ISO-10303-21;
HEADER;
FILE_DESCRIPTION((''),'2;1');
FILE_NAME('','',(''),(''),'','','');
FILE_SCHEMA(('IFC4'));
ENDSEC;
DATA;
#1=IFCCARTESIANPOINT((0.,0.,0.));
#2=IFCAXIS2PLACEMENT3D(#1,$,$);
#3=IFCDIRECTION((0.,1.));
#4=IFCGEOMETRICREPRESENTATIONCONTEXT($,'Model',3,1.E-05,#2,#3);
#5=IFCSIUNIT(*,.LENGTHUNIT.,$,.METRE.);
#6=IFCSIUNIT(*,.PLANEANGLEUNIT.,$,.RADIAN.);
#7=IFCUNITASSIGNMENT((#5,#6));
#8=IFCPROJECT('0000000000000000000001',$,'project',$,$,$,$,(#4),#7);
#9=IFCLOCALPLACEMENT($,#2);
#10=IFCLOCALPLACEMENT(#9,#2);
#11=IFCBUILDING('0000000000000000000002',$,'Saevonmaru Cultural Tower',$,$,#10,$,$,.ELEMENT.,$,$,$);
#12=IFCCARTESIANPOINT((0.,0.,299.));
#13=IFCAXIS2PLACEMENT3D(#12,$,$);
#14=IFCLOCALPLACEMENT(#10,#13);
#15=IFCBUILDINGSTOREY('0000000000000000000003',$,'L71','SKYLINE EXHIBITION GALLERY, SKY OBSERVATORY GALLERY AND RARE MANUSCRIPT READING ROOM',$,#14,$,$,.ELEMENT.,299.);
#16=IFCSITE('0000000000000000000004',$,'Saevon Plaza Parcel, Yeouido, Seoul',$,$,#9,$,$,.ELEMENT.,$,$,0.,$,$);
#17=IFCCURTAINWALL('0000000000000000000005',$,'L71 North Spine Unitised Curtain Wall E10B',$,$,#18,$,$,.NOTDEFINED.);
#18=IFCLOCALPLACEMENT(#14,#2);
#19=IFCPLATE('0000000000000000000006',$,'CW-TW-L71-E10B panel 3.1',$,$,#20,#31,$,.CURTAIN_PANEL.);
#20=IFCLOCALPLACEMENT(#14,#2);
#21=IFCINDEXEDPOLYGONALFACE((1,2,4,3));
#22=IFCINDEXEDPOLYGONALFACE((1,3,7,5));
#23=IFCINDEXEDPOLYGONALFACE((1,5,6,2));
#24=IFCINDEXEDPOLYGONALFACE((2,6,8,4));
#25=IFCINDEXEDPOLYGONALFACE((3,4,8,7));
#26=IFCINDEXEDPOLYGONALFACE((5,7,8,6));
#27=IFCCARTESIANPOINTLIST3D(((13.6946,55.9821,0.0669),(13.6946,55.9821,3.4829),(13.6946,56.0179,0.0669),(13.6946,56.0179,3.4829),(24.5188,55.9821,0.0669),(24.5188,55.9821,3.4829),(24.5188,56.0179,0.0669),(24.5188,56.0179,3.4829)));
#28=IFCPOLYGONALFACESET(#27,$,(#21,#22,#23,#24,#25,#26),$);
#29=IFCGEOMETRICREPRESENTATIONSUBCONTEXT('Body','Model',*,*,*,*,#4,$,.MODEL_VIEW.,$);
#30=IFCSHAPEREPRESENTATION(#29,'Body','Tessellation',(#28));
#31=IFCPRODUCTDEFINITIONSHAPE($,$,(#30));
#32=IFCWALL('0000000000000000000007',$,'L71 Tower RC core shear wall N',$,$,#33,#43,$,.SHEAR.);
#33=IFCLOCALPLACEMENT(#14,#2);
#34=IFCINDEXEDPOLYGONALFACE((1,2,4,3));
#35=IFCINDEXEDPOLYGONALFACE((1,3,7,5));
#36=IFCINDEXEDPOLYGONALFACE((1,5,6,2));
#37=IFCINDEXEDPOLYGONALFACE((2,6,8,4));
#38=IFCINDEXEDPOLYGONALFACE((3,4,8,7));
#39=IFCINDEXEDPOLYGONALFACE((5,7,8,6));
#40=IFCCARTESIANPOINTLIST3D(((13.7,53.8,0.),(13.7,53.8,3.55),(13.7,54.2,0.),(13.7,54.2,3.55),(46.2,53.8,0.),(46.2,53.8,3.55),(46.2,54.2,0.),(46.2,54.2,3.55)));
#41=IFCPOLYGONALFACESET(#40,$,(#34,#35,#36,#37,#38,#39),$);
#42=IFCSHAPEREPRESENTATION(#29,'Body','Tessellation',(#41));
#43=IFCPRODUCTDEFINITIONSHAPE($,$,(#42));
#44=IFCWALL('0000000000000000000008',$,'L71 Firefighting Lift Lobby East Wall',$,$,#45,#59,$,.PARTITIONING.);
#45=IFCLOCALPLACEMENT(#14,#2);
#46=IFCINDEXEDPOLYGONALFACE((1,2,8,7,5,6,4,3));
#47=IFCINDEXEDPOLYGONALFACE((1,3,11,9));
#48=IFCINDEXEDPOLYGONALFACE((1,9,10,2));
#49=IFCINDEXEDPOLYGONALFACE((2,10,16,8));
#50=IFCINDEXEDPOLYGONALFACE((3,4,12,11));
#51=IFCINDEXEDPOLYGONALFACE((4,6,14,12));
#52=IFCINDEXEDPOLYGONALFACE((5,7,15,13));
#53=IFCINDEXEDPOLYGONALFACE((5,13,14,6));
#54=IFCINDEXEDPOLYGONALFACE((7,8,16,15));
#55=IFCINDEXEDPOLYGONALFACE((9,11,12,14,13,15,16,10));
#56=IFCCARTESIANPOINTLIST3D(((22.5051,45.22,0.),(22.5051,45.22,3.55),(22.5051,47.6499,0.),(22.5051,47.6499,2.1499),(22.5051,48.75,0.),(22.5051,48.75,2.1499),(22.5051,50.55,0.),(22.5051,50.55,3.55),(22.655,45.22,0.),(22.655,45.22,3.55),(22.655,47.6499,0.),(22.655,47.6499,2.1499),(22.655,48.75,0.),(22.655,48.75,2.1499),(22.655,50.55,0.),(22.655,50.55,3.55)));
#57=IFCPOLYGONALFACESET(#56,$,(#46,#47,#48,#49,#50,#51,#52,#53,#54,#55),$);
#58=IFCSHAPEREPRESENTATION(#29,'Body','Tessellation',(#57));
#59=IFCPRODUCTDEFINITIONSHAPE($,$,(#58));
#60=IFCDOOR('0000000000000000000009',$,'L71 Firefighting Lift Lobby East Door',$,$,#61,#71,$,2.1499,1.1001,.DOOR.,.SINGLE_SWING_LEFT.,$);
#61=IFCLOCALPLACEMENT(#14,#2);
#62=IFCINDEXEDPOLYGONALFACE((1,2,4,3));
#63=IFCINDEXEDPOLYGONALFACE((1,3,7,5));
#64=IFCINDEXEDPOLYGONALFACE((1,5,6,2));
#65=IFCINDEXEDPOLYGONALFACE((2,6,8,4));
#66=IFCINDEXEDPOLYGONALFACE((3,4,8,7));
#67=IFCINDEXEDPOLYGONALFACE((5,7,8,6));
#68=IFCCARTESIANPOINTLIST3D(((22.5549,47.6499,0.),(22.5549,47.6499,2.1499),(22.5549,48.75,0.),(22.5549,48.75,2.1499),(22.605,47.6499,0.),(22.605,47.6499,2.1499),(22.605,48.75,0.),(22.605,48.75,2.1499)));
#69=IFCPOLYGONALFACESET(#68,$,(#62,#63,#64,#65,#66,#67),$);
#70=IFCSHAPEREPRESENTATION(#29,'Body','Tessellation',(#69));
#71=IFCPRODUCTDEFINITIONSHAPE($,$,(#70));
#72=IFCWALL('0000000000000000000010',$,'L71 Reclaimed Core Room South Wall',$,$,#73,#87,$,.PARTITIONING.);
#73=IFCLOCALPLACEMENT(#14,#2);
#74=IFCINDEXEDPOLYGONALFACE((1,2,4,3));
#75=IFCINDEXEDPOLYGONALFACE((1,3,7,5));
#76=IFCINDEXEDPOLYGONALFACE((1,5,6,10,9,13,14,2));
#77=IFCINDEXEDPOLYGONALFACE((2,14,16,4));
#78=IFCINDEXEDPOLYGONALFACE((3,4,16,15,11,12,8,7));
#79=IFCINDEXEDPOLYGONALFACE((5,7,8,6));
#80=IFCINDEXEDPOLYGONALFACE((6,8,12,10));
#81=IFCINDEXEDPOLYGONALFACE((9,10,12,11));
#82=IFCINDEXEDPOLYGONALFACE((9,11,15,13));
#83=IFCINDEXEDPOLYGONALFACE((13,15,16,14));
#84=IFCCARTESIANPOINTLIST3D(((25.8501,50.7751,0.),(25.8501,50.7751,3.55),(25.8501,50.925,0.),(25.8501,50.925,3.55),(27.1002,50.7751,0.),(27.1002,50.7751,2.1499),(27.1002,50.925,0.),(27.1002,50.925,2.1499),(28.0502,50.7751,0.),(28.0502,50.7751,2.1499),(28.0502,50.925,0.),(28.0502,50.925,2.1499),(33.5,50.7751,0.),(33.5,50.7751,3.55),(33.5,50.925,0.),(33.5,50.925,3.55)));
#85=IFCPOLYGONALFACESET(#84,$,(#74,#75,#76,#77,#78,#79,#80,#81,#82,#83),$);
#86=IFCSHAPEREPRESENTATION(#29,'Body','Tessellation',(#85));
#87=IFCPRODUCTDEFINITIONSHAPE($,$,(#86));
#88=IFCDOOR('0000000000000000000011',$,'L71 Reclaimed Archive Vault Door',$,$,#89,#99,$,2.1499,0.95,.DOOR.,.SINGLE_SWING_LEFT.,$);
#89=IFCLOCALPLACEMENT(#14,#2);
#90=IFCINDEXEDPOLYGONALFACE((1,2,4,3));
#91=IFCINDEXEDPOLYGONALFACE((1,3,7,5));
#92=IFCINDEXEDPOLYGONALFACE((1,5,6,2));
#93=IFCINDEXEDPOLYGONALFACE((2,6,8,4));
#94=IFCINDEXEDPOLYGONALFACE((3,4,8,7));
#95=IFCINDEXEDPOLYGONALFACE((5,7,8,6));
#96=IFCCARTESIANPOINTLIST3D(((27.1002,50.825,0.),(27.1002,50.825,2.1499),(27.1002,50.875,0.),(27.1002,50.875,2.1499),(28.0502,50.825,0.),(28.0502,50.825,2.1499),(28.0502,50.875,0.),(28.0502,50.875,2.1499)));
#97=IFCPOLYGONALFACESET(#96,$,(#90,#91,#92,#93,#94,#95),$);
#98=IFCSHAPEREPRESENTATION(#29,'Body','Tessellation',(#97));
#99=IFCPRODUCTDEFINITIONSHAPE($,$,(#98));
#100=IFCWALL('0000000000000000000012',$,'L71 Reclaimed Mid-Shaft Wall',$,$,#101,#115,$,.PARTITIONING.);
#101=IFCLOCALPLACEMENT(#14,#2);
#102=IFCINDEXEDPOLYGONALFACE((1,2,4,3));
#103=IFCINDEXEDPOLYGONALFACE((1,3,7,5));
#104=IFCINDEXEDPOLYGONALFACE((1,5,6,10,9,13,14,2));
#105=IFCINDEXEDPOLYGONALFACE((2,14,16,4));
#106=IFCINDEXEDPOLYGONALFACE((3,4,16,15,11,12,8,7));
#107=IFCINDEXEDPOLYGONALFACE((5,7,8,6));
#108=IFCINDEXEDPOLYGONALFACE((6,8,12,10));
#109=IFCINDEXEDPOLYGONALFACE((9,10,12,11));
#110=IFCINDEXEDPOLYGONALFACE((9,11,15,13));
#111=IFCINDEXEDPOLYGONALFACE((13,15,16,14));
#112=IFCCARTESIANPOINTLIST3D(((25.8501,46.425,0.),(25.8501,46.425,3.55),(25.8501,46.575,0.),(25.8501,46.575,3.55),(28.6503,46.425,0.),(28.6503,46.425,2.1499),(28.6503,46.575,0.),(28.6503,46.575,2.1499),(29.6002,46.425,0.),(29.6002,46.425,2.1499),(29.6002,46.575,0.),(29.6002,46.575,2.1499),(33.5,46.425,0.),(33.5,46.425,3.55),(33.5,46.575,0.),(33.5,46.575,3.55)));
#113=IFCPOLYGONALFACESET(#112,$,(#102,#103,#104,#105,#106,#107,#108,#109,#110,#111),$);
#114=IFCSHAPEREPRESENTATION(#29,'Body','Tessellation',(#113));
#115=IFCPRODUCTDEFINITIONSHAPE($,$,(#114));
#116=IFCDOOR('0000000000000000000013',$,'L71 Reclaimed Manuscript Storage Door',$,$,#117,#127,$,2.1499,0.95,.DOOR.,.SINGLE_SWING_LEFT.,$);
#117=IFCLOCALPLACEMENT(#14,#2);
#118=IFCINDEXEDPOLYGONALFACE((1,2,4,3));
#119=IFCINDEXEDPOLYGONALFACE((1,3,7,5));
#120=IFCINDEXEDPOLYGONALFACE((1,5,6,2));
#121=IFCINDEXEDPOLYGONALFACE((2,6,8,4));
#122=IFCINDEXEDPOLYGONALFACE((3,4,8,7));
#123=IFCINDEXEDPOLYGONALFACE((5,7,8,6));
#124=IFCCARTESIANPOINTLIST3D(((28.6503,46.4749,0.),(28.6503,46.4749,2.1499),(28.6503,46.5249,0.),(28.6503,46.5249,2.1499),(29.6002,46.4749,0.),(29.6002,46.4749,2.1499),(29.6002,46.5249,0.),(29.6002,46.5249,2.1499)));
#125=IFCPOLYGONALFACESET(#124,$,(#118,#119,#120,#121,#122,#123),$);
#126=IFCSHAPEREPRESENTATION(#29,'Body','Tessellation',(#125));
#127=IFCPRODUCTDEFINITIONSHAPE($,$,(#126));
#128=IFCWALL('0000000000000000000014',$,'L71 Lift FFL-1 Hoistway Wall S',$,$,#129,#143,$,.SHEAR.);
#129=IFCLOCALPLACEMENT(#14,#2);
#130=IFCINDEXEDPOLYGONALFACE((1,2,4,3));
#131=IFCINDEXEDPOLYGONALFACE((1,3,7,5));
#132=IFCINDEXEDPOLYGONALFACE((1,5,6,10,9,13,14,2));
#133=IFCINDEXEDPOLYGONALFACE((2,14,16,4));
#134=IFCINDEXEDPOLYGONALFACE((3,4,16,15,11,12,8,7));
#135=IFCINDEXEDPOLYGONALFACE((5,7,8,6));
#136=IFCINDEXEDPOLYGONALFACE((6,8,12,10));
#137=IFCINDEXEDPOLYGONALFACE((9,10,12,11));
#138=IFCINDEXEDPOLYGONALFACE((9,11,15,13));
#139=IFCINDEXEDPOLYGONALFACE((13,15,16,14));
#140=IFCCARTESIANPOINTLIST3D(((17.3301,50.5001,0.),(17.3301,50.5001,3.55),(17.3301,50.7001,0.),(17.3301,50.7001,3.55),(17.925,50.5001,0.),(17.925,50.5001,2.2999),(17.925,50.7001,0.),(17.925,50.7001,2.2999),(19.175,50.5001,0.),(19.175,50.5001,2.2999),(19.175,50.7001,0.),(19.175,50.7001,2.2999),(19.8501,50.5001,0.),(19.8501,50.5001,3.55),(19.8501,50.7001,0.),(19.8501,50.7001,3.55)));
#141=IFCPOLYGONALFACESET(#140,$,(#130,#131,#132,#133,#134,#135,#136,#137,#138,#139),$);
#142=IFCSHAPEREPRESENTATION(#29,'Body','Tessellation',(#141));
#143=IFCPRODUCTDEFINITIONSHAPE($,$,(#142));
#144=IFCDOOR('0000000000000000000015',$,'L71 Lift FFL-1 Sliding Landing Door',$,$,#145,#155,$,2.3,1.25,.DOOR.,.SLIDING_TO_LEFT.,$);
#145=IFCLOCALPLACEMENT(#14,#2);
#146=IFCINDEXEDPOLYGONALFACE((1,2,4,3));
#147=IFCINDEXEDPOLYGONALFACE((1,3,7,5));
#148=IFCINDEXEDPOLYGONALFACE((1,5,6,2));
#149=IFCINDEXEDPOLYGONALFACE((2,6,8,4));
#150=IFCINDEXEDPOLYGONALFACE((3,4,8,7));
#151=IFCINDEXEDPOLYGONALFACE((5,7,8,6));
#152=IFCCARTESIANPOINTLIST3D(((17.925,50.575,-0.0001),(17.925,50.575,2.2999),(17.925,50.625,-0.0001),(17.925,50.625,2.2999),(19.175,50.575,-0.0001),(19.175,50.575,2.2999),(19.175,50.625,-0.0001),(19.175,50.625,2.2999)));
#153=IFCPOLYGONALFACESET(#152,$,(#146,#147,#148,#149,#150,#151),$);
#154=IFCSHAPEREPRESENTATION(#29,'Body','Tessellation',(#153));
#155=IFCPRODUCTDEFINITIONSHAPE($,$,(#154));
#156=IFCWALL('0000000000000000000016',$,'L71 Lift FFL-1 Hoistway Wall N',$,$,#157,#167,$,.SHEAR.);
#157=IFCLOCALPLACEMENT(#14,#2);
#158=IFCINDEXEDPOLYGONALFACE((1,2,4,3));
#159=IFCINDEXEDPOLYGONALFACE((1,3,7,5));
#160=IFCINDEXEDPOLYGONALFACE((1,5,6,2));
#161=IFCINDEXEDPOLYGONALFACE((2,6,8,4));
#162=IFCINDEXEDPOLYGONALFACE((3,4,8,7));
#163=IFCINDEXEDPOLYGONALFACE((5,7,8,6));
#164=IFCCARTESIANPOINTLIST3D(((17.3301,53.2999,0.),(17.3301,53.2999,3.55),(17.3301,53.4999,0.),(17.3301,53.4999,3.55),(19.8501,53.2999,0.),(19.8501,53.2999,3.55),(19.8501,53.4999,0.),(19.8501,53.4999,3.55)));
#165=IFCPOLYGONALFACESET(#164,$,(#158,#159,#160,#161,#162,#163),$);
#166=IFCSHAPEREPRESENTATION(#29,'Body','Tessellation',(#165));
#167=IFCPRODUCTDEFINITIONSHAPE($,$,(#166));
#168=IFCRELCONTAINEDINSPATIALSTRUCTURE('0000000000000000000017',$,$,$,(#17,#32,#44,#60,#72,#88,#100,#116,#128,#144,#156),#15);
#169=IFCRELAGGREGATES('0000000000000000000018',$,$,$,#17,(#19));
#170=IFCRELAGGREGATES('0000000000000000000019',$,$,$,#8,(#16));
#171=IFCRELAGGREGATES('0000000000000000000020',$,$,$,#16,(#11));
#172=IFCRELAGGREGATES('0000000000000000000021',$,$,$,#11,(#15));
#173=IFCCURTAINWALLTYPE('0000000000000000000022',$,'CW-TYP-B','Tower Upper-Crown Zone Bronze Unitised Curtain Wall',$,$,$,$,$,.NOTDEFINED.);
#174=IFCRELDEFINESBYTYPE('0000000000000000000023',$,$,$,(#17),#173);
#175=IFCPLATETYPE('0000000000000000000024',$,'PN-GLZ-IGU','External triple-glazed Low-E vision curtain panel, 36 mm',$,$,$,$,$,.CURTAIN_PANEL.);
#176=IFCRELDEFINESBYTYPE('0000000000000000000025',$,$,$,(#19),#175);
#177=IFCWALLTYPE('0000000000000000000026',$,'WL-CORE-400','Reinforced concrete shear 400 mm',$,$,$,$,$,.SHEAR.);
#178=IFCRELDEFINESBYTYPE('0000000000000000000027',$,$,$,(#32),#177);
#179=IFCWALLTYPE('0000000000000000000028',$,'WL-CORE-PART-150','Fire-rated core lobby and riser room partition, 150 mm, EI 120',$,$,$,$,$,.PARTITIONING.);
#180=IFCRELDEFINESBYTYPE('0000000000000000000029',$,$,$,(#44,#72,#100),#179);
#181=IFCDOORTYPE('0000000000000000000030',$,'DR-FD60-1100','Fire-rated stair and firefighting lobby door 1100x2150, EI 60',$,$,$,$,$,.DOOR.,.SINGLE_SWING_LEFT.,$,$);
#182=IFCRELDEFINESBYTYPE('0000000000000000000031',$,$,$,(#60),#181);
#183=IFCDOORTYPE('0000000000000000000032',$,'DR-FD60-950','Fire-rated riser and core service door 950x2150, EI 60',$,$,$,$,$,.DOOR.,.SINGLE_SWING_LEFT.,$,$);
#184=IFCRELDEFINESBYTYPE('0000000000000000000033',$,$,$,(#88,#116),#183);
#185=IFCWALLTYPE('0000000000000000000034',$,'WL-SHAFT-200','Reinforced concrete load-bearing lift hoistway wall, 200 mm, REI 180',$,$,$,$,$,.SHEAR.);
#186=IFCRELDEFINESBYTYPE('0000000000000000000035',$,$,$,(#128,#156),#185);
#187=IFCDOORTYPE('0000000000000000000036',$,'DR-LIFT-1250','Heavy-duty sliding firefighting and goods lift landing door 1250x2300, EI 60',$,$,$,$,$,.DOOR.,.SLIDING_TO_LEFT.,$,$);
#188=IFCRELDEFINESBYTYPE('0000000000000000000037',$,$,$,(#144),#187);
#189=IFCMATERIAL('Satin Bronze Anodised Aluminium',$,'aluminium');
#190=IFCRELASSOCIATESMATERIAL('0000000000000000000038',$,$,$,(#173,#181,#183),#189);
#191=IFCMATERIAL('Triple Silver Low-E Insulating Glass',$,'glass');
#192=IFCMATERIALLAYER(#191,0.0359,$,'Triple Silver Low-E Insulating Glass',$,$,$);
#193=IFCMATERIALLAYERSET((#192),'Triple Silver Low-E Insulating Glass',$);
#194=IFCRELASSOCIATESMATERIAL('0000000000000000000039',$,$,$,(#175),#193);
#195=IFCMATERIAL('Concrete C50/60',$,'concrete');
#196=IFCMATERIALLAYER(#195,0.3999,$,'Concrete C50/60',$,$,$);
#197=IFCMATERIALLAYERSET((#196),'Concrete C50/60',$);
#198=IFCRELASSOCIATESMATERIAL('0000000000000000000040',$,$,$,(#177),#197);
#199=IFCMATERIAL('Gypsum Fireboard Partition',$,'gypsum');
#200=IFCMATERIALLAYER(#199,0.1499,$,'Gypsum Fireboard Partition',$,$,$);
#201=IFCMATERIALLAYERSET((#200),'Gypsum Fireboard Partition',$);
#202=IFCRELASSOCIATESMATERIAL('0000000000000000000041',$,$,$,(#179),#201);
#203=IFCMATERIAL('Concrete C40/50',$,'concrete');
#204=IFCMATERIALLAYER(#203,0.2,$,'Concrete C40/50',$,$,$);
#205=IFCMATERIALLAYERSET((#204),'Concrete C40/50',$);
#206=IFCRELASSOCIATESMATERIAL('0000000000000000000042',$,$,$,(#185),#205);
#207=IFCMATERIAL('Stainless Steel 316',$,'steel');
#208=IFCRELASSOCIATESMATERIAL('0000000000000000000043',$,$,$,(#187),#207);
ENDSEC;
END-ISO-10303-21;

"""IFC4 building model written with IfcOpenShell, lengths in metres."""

from ifc_helpers import new_model, si_unit, direction, frame, frame_2d, origin, origin_2d, place, context, subcontext, project, spatial, rectangle, extrude, material, layer, layer_set, type_object, element, fill, aggregate, save


model = new_model("IFC4")

# Units and contexts
model_context = context("Model", 3, precision=1e-05, world=origin(), true_north=direction((0.0, 1.0)))
body_context = subcontext(model_context, "Body", "Model", "MODEL_VIEW")
ifc_project = project(units=[si_unit("LENGTHUNIT", "METRE"), si_unit("PLANEANGLEUNIT", "RADIAN")], contexts=[model_context])

# Site, building, storey
site_placement = place(None, origin())
site = spatial("IfcSite", under=ifc_project, at=site_placement, Name="Saevon Plaza Parcel, Yeouido, Seoul", CompositionType="ELEMENT", RefElevation=0.0)
building_placement = place(site_placement, origin())
building = spatial("IfcBuilding", under=site, at=building_placement, Name="Saevonmaru Cultural Tower", CompositionType="ELEMENT")
storey_placement = place(building_placement, frame((0.0, 0.0, 299.0)))
storey = spatial("IfcBuildingStorey", under=building, at=storey_placement, Name="L71", Description="SKYLINE EXHIBITION GALLERY, SKY OBSERVATORY GALLERY AND RARE MANUSCRIPT READING ROOM", CompositionType="ELEMENT", Elevation=299.0)

# Curtain wall, plate
ifc_material_1 = material(Name="Satin Bronze Anodised Aluminium", Category="aluminium")
curtain_wall_type = type_object("IfcCurtainWallType", Name="CW-TYP-B", Description="Tower Upper-Crown Zone Bronze Unitised Curtain Wall", PredefinedType="NOTDEFINED", material=ifc_material_1)
curtain_wall_placement = place(storey_placement, origin())
curtain_wall = element("IfcCurtainWall", 1, at=curtain_wall_placement, inside=storey, type_object=curtain_wall_type, Name="L71 North Spine Unitised Curtain Wall E10B", PredefinedType="NOTDEFINED")
ifc_material_2 = material(Name="Triple Silver Low-E Insulating Glass", Category="glass")
ifc_layer_1 = layer(ifc_material_2, 0.0359, Name="Triple Silver Low-E Insulating Glass")
ifc_layer_set_1 = layer_set([ifc_layer_1], Name="Triple Silver Low-E Insulating Glass")
plate_type = type_object("IfcPlateType", Name="PN-GLZ-IGU", Description="External triple-glazed Low-E vision curtain panel, 36 mm", PredefinedType="CURTAIN_PANEL", material=ifc_layer_set_1)
plate_placement = place(storey_placement, frame((19.1067, 56.0, 0.0669), z_axis=(0.0, 0.0, 1.0), x_axis=(-1.0, 0.0, 0.0)))
plate = element("IfcPlate", 2, at=plate_placement, type_object=plate_type, Name="CW-TW-L71-E10B panel 3.1", PredefinedType="CURTAIN_PANEL", context=body_context, shape_type="SweptSolid", body=[
    extrude(rectangle(XDim=10.8242, YDim=0.0359, at=origin_2d()), origin(), (0.0, 0.0, 1.0), 3.416),
])
aggregate(curtain_wall, [plate])

# Wall
ifc_material_3 = material(Name="Concrete C50/60", Category="concrete")
ifc_layer_2 = layer(ifc_material_3, 0.3999, Name="Concrete C50/60")
ifc_layer_set_2 = layer_set([ifc_layer_2], Name="Concrete C50/60")
wall_type_1 = type_object("IfcWallType", Name="WL-CORE-400", Description="Reinforced concrete shear 400 mm", PredefinedType="SHEAR", material=ifc_layer_set_2)
wall_1_placement = place(storey_placement, frame((13.7, 54.0, 0.0), z_axis=(0.0, 0.0, 1.0), x_axis=(1.0, 0.0, 0.0)))
element("IfcWall", 3, at=wall_1_placement, inside=storey, type_object=wall_type_1, Name="L71 Tower RC core shear wall N", PredefinedType="SHEAR", context=body_context, shape_type="SweptSolid", body=[
    extrude(rectangle(XDim=32.5, YDim=0.3999, at=frame_2d((16.25, 0.0))), origin(), (0.0, 0.0, 1.0), 3.55),
])

# Walls, openings, doors
ifc_material_4 = material(Name="Gypsum Fireboard Partition", Category="gypsum")
ifc_layer_3 = layer(ifc_material_4, 0.1499, Name="Gypsum Fireboard Partition")
ifc_layer_set_3 = layer_set([ifc_layer_3], Name="Gypsum Fireboard Partition")
wall_type_2 = type_object("IfcWallType", Name="WL-CORE-PART-150", Description="Fire-rated core lobby and riser room partition, 150 mm, EI 120", PredefinedType="PARTITIONING", material=ifc_layer_set_3)
wall_2_placement = place(storey_placement, frame((22.5801, 50.55, 0.0), z_axis=(0.0, 0.0, 1.0), x_axis=(0.0, -1.0, 0.0)))
wall_2 = element("IfcWall", 4, at=wall_2_placement, inside=storey, type_object=wall_type_2, Name="L71 Firefighting Lift Lobby East Wall", PredefinedType="PARTITIONING", context=body_context, shape_type="SweptSolid", body=[
    extrude(rectangle(XDim=5.3301, YDim=0.1499, at=frame_2d((2.665, 0.0))), origin(), (0.0, 0.0, 1.0), 3.55),
])
opening_1_placement = place(wall_2_placement, frame((1.8, 0.0, 0.0)))
opening_1 = element("IfcOpeningElement", 5, at=opening_1_placement, cuts=wall_2, PredefinedType="OPENING", context=body_context, shape_type="SweptSolid", body=[
    extrude(rectangle(XDim=1.1001, YDim=2.1499, at=frame_2d((0.55, 1.075))), frame((0.0, 0.085, 0.0), z_axis=(0.0, -1.0, 0.0), x_axis=(1.0, 0.0, 0.0)), (0.0, 0.0, 1.0), 0.1699),
])
door_type_1 = type_object("IfcDoorType", Name="DR-FD60-1100", Description="Fire-rated stair and firefighting lobby door 1100x2150, EI 60", OperationType="SINGLE_SWING_LEFT", PredefinedType="DOOR", material=ifc_material_1)
door_1_placement = place(opening_1_placement, origin())
door_1 = element("IfcDoor", 6, at=door_1_placement, inside=storey, type_object=door_type_1, Name="L71 Firefighting Lift Lobby East Door", OperationType="SINGLE_SWING_LEFT", OverallHeight=2.1499, OverallWidth=1.1001, PredefinedType="DOOR", context=body_context, shape_type="SweptSolid", body=[
    extrude(rectangle(XDim=1.1001, YDim=2.1499, at=frame_2d((0.55, 1.075))), frame((0.0, 0.0249, 0.0), z_axis=(0.0, -1.0, 0.0), x_axis=(1.0, 0.0, 0.0)), (0.0, 0.0, 1.0), 0.05),
])
fill(opening_1, door_1)
wall_3_placement = place(storey_placement, frame((25.8501, 50.8501, 0.0), z_axis=(0.0, 0.0, 1.0), x_axis=(1.0, 0.0, 0.0)))
wall_3 = element("IfcWall", 7, at=wall_3_placement, inside=storey, type_object=wall_type_2, Name="L71 Reclaimed Core Room South Wall", PredefinedType="PARTITIONING", context=body_context, shape_type="SweptSolid", body=[
    extrude(rectangle(XDim=7.6499, YDim=0.1499, at=frame_2d((3.825, 0.0))), origin(), (0.0, 0.0, 1.0), 3.55),
])
opening_2_placement = place(wall_3_placement, frame((1.25, 0.0, 0.0)))
opening_2 = element("IfcOpeningElement", 8, at=opening_2_placement, cuts=wall_3, PredefinedType="OPENING", context=body_context, shape_type="SweptSolid", body=[
    extrude(rectangle(XDim=0.95, YDim=2.1499, at=frame_2d((0.4751, 1.075))), frame((0.0, 0.085, 0.0), z_axis=(0.0, -1.0, 0.0), x_axis=(1.0, 0.0, 0.0)), (0.0, 0.0, 1.0), 0.1699),
])
door_type_2 = type_object("IfcDoorType", Name="DR-FD60-950", Description="Fire-rated riser and core service door 950x2150, EI 60", OperationType="SINGLE_SWING_LEFT", PredefinedType="DOOR", material=ifc_material_1)
door_2_placement = place(opening_2_placement, origin())
door_2 = element("IfcDoor", 9, at=door_2_placement, inside=storey, type_object=door_type_2, Name="L71 Reclaimed Archive Vault Door", OperationType="SINGLE_SWING_LEFT", OverallHeight=2.1499, OverallWidth=0.95, PredefinedType="DOOR", context=body_context, shape_type="SweptSolid", body=[
    extrude(rectangle(XDim=0.95, YDim=2.1499, at=frame_2d((0.4751, 1.075))), frame((0.0, 0.0249, 0.0), z_axis=(0.0, -1.0, 0.0), x_axis=(1.0, 0.0, 0.0)), (0.0, 0.0, 1.0), 0.05),
])
fill(opening_2, door_2)
wall_4_placement = place(storey_placement, frame((25.8501, 46.5, 0.0), z_axis=(0.0, 0.0, 1.0), x_axis=(1.0, 0.0, 0.0)))
wall_4 = element("IfcWall", 10, at=wall_4_placement, inside=storey, type_object=wall_type_2, Name="L71 Reclaimed Mid-Shaft Wall", PredefinedType="PARTITIONING", context=body_context, shape_type="SweptSolid", body=[
    extrude(rectangle(XDim=7.6499, YDim=0.1499, at=frame_2d((3.825, 0.0))), origin(), (0.0, 0.0, 1.0), 3.55),
])
opening_3_placement = place(wall_4_placement, frame((2.8, 0.0, 0.0)))
opening_3 = element("IfcOpeningElement", 11, at=opening_3_placement, cuts=wall_4, PredefinedType="OPENING", context=body_context, shape_type="SweptSolid", body=[
    extrude(rectangle(XDim=0.95, YDim=2.1499, at=frame_2d((0.4751, 1.075))), frame((0.0, 0.085, 0.0), z_axis=(0.0, -1.0, 0.0), x_axis=(1.0, 0.0, 0.0)), (0.0, 0.0, 1.0), 0.1699),
])
door_3_placement = place(opening_3_placement, origin())
door_3 = element("IfcDoor", 12, at=door_3_placement, inside=storey, type_object=door_type_2, Name="L71 Reclaimed Manuscript Storage Door", OperationType="SINGLE_SWING_LEFT", OverallHeight=2.1499, OverallWidth=0.95, PredefinedType="DOOR", context=body_context, shape_type="SweptSolid", body=[
    extrude(rectangle(XDim=0.95, YDim=2.1499, at=frame_2d((0.4751, 1.075))), frame((0.0, 0.0249, 0.0), z_axis=(0.0, -1.0, 0.0), x_axis=(1.0, 0.0, 0.0)), (0.0, 0.0, 1.0), 0.05),
])
fill(opening_3, door_3)
ifc_material_5 = material(Name="Concrete C40/50", Category="concrete")
ifc_layer_4 = layer(ifc_material_5, 0.2, Name="Concrete C40/50")
ifc_layer_set_4 = layer_set([ifc_layer_4], Name="Concrete C40/50")
wall_type_3 = type_object("IfcWallType", Name="WL-SHAFT-200", Description="Reinforced concrete load-bearing lift hoistway wall, 200 mm, REI 180", PredefinedType="SHEAR", material=ifc_layer_set_4)
wall_5_placement = place(storey_placement, frame((17.3301, 50.6001, 0.0), z_axis=(0.0, 0.0, 1.0), x_axis=(1.0, 0.0, 0.0)))
wall_5 = element("IfcWall", 13, at=wall_5_placement, inside=storey, type_object=wall_type_3, Name="L71 Lift FFL-1 Hoistway Wall S", PredefinedType="SHEAR", context=body_context, shape_type="SweptSolid", body=[
    extrude(rectangle(XDim=2.52, YDim=0.2, at=frame_2d((1.26, 0.0))), origin(), (0.0, 0.0, 1.0), 3.55),
])
opening_4_placement = place(wall_5_placement, frame((0.595, 0.0, 0.0)))
opening_4 = element("IfcOpeningElement", 14, at=opening_4_placement, cuts=wall_5, PredefinedType="OPENING", context=body_context, shape_type="SweptSolid", body=[
    extrude(rectangle(XDim=1.25, YDim=2.3, at=frame_2d((0.625, 1.1499))), frame((0.0, 0.1099, 0.0), z_axis=(0.0, -1.0, 0.0), x_axis=(1.0, 0.0, 0.0)), (0.0, 0.0, 1.0), 0.22),
])
ifc_material_6 = material(Name="Stainless Steel 316", Category="steel")
door_type_3 = type_object("IfcDoorType", Name="DR-LIFT-1250", Description="Heavy-duty sliding firefighting and goods lift landing door 1250x2300, EI 60", OperationType="SLIDING_TO_LEFT", PredefinedType="DOOR", material=ifc_material_6)
door_4_placement = place(opening_4_placement, origin())
door_4 = element("IfcDoor", 15, at=door_4_placement, inside=storey, type_object=door_type_3, Name="L71 Lift FFL-1 Sliding Landing Door", OperationType="SLIDING_TO_LEFT", OverallHeight=2.3, OverallWidth=1.25, PredefinedType="DOOR", context=body_context, shape_type="SweptSolid", body=[
    extrude(rectangle(XDim=1.25, YDim=2.3, at=frame_2d((0.625, 1.1499))), frame((0.0, 0.0249, 0.0), z_axis=(0.0, -1.0, 0.0), x_axis=(1.0, 0.0, 0.0)), (0.0, 0.0, 1.0), 0.05),
])
fill(opening_4, door_4)

# Wall
wall_6_placement = place(storey_placement, frame((17.3301, 53.3999, 0.0), z_axis=(0.0, 0.0, 1.0), x_axis=(1.0, 0.0, 0.0)))
element("IfcWall", 16, at=wall_6_placement, inside=storey, type_object=wall_type_3, Name="L71 Lift FFL-1 Hoistway Wall N", PredefinedType="SHEAR", context=body_context, shape_type="SweptSolid", body=[
    extrude(rectangle(XDim=2.52, YDim=0.2, at=frame_2d((1.26, 0.0))), origin(), (0.0, 0.0, 1.0), 3.55),
])

save(model, "model.ifc")
